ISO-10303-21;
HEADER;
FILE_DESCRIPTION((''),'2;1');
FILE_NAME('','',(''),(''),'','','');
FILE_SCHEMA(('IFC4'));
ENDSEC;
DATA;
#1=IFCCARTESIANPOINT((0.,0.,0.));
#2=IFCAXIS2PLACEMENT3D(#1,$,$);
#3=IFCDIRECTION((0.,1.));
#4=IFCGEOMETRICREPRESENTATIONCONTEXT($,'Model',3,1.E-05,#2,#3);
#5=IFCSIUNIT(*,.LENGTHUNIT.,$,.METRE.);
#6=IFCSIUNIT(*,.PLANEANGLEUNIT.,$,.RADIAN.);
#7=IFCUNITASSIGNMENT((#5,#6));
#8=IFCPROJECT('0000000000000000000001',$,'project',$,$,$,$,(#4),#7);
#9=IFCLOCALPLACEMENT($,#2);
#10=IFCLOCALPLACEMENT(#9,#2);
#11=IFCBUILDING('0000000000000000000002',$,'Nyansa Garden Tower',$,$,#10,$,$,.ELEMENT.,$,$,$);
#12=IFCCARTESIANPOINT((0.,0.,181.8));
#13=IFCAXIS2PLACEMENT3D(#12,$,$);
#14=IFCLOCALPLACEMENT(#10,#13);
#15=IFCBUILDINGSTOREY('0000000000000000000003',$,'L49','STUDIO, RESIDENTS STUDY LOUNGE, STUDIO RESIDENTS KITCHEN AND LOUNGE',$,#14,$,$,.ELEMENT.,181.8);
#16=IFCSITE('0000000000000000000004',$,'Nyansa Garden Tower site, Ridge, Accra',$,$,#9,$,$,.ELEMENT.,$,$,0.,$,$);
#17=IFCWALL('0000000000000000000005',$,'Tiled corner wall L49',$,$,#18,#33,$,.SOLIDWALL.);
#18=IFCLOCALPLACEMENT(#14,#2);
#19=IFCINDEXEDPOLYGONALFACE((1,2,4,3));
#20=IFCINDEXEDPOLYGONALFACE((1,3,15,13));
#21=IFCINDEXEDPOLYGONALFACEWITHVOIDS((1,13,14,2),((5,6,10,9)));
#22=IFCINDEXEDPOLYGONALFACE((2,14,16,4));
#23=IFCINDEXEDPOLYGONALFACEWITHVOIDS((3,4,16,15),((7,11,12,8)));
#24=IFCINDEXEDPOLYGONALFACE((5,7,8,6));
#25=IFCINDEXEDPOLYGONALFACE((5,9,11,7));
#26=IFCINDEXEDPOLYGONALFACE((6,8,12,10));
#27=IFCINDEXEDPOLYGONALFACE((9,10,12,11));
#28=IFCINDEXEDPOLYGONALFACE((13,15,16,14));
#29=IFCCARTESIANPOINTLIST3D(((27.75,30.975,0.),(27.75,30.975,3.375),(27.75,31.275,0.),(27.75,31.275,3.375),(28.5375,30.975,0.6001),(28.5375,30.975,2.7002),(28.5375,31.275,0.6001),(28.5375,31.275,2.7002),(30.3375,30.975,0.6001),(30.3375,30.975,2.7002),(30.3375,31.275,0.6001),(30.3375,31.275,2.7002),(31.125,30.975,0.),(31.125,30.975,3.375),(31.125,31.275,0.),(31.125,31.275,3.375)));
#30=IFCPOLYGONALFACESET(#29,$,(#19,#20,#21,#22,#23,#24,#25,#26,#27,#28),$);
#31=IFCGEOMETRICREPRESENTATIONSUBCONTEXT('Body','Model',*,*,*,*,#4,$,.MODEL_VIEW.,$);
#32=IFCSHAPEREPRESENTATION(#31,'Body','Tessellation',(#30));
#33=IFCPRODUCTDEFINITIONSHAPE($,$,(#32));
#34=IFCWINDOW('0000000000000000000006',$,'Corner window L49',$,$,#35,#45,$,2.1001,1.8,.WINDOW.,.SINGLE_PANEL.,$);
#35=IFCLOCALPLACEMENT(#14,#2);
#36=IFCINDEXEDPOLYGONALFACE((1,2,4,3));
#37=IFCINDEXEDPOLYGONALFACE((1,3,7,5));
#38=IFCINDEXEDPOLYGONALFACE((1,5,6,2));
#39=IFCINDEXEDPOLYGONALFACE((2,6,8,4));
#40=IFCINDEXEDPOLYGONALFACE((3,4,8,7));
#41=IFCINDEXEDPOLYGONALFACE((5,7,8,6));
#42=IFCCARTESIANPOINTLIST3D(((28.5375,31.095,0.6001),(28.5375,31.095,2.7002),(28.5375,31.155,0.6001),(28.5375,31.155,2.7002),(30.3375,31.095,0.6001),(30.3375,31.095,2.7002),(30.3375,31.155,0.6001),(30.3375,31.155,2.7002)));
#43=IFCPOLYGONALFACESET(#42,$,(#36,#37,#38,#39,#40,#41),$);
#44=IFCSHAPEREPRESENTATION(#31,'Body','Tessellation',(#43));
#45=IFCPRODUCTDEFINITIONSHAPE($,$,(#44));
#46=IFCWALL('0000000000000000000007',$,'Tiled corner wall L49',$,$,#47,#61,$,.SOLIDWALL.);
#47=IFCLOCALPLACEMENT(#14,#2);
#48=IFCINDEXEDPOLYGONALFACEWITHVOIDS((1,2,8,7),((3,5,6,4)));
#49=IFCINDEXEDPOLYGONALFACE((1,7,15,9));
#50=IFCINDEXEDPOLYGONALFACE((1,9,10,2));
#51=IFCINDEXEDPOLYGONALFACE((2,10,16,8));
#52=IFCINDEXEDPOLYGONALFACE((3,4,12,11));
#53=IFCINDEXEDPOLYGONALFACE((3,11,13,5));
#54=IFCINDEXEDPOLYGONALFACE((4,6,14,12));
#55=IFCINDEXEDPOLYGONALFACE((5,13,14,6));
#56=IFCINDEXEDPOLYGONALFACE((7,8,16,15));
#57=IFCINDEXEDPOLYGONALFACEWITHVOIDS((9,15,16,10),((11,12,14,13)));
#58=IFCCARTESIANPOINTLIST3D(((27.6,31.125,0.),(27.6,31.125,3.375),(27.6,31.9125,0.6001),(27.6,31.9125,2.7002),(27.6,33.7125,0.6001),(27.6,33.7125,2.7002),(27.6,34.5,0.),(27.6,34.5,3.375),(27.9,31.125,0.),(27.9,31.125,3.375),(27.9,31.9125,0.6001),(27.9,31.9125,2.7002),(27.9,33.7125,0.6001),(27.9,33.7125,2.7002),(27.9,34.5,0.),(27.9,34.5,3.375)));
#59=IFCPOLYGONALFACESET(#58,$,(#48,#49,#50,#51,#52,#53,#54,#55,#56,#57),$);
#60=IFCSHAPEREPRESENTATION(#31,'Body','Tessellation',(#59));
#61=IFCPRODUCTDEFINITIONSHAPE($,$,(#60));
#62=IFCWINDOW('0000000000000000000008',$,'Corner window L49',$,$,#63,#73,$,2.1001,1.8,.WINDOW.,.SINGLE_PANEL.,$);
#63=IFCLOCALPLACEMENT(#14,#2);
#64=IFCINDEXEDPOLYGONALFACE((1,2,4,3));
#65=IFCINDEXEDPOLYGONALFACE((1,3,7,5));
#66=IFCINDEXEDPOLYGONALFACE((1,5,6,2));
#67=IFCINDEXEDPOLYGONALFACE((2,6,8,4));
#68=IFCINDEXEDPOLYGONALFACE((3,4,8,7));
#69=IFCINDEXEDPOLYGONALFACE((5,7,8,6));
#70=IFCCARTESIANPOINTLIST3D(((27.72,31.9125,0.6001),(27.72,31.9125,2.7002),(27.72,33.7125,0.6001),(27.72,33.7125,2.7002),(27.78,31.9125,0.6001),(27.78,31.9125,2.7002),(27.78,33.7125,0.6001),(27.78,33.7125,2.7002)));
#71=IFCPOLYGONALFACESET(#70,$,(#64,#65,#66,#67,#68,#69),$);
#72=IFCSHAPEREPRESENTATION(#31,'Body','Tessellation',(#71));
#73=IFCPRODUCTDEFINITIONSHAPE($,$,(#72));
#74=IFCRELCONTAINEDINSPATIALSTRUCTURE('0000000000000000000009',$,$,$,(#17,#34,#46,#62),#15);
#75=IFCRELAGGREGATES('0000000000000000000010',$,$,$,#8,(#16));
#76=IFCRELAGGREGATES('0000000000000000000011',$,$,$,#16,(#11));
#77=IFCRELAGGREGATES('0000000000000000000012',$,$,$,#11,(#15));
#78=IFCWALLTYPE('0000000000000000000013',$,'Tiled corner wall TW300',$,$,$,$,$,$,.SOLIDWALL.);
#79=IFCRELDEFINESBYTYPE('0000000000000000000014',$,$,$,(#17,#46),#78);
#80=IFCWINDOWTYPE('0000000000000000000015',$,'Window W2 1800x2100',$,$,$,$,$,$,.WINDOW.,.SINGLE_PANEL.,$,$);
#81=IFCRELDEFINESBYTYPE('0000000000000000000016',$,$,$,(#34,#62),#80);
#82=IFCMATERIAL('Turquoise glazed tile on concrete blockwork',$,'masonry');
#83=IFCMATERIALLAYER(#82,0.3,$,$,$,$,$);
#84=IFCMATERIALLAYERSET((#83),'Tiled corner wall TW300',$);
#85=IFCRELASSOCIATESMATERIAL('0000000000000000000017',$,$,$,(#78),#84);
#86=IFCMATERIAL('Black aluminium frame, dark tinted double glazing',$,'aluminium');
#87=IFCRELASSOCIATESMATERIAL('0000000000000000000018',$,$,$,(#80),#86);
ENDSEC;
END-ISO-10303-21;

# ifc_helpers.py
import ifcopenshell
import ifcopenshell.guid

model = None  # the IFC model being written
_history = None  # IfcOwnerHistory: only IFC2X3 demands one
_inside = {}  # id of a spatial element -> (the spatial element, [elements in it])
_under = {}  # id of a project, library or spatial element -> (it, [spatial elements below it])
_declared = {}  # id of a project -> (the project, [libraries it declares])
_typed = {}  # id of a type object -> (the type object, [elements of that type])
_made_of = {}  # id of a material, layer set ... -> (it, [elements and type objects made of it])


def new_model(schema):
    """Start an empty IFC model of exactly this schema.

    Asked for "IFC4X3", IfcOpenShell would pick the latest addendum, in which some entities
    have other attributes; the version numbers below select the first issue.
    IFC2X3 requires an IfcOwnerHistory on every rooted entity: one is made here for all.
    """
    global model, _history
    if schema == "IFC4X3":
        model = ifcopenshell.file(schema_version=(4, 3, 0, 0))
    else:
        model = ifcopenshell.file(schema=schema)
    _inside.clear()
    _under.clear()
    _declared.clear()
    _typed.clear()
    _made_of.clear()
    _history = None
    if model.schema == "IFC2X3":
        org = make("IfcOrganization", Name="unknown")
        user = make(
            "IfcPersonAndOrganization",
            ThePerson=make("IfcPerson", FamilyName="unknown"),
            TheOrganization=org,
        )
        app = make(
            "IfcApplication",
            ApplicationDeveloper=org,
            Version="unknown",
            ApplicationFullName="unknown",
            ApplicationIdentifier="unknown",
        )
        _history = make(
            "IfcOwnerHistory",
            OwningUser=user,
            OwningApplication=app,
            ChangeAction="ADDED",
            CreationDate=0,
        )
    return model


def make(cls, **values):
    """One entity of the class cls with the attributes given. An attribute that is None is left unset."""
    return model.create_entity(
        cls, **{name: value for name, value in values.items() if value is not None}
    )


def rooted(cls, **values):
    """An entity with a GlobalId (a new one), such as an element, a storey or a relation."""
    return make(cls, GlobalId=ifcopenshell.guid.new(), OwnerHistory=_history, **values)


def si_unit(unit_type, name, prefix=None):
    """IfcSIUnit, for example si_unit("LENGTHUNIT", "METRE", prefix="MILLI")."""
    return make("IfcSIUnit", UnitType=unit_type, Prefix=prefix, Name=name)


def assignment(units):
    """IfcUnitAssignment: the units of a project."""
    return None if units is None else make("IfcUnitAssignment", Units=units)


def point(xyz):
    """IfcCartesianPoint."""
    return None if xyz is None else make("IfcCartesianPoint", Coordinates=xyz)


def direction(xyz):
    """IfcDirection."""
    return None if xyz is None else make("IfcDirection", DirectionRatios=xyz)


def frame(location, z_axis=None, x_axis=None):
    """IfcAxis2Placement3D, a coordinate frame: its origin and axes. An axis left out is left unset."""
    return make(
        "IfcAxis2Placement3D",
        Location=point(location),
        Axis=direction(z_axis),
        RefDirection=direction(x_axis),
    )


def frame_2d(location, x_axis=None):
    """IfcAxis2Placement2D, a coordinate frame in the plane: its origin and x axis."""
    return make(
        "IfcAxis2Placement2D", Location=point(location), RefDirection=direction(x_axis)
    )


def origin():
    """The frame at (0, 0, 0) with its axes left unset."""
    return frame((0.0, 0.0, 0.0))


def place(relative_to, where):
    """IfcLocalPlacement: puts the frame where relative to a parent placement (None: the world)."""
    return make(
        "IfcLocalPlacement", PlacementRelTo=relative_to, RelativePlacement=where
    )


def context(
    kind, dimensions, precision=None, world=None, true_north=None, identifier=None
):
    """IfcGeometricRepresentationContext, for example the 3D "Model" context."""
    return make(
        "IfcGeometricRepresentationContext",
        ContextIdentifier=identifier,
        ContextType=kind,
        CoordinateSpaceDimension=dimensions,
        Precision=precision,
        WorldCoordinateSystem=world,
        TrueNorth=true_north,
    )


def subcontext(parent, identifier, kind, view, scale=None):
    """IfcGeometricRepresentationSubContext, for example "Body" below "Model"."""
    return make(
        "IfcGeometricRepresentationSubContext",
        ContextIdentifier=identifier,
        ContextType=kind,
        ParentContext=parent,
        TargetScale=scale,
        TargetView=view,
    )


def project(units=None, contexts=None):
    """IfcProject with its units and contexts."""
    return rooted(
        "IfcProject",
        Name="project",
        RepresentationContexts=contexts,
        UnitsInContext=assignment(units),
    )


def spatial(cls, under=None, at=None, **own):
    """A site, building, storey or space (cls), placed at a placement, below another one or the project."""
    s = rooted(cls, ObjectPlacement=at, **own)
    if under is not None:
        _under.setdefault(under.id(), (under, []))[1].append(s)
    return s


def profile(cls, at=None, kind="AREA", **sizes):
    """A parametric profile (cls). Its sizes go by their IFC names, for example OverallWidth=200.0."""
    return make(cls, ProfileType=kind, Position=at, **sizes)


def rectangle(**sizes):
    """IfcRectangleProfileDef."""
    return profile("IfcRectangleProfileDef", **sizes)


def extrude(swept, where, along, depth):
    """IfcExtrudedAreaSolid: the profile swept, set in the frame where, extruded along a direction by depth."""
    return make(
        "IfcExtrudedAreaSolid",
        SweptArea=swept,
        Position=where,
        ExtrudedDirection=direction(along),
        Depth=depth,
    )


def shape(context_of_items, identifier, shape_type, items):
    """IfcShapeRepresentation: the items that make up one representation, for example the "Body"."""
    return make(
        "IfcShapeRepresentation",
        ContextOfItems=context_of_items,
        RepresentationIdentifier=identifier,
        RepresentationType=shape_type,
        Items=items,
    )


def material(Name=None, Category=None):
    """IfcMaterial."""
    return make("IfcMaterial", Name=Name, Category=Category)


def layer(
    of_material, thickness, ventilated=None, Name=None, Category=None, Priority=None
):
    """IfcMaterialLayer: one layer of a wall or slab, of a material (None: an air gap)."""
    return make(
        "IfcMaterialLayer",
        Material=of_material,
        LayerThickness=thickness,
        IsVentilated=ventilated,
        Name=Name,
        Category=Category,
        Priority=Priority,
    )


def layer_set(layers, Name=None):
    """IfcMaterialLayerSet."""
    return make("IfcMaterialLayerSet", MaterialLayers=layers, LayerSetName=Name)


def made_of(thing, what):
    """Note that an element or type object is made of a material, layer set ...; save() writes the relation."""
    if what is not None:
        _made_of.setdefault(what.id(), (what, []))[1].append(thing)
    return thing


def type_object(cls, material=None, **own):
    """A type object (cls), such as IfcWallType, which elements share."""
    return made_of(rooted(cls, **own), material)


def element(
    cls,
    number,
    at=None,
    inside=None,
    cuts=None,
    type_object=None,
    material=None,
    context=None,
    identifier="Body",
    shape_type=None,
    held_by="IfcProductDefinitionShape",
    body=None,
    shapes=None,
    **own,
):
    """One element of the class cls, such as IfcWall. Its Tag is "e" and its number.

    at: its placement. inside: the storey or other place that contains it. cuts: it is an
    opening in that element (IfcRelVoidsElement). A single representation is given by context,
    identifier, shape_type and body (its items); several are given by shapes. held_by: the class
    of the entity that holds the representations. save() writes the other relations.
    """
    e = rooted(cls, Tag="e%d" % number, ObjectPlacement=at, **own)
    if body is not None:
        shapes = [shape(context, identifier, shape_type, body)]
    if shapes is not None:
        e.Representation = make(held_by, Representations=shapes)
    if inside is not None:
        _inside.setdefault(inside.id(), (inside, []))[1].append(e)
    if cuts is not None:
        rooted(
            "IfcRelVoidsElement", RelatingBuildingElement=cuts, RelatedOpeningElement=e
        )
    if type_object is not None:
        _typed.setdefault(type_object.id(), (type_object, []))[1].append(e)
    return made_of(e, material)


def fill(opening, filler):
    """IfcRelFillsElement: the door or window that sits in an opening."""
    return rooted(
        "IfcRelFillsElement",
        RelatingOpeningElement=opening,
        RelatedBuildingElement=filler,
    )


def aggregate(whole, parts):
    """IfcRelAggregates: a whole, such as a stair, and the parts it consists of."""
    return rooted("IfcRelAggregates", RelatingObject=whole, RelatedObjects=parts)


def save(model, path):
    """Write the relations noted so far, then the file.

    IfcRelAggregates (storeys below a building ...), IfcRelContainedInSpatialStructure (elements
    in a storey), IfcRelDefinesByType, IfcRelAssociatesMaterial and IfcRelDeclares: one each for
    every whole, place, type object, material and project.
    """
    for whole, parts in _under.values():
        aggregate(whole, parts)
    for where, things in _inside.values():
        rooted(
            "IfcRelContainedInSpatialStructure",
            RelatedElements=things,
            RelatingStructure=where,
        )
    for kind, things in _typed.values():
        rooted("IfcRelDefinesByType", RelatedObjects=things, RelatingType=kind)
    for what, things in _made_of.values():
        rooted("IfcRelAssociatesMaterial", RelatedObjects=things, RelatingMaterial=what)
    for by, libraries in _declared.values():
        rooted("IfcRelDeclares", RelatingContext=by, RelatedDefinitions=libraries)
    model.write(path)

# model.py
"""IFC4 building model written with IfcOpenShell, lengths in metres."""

from ifc_helpers import new_model, si_unit, direction, frame, frame_2d, origin, place, context, subcontext, project, spatial, rectangle, extrude, material, layer, layer_set, type_object, element, fill, save


model = new_model("IFC4")

# Units and contexts
model_context = context("Model", 3, precision=1e-05, world=origin(), true_north=direction((0.0, 1.0)))
body_context = subcontext(model_context, "Body", "Model", "MODEL_VIEW")
ifc_project = project(units=[si_unit("LENGTHUNIT", "METRE"), si_unit("PLANEANGLEUNIT", "RADIAN")], contexts=[model_context])

# Site, building, storey
site_placement = place(None, origin())
site = spatial("IfcSite", under=ifc_project, at=site_placement, Name="Nyansa Garden Tower site, Ridge, Accra", CompositionType="ELEMENT", RefElevation=0.0)
building_placement = place(site_placement, origin())
building = spatial("IfcBuilding", under=site, at=building_placement, Name="Nyansa Garden Tower", CompositionType="ELEMENT")
storey_placement = place(building_placement, frame((0.0, 0.0, 181.8)))
storey = spatial("IfcBuildingStorey", under=building, at=storey_placement, Name="L49", Description="STUDIO, RESIDENTS STUDY LOUNGE, STUDIO RESIDENTS KITCHEN AND LOUNGE", CompositionType="ELEMENT", Elevation=181.8)

# Walls, openings, windows
ifc_material_1 = material(Name="Turquoise glazed tile on concrete blockwork", Category="masonry")
ifc_layer_1 = layer(ifc_material_1, 0.3)
ifc_layer_set_1 = layer_set([ifc_layer_1], Name="Tiled corner wall TW300")
wall_type_1 = type_object("IfcWallType", Name="Tiled corner wall TW300", PredefinedType="SOLIDWALL", material=ifc_layer_set_1)
ifc_material_2 = material(Name="Black aluminium frame, dark tinted double glazing", Category="aluminium")
window_type_1 = type_object("IfcWindowType", Name="Window W2 1800x2100", PartitioningType="SINGLE_PANEL", PredefinedType="WINDOW", material=ifc_material_2)
wall_1_placement = place(storey_placement, frame((31.125, 31.125, 0.0), z_axis=(0.0, 0.0, 1.0), x_axis=(-1.0, 0.0, 0.0)))
wall_1 = element("IfcWall", 1, at=wall_1_placement, inside=storey, type_object=wall_type_1, Name="Tiled corner wall L49", PredefinedType="SOLIDWALL", context=body_context, shape_type="SweptSolid", body=[
    extrude(rectangle(XDim=3.375, YDim=0.3, at=frame_2d((1.6875, 0.0))), origin(), (0.0, 0.0, 1.0), 3.375),
])
opening_1_placement = place(wall_1_placement, frame((0.7876, 0.0, 0.6001)))
opening_1 = element("IfcOpeningElement", 2, at=opening_1_placement, cuts=wall_1, PredefinedType="OPENING", context=body_context, shape_type="SweptSolid", body=[
    extrude(rectangle(XDim=1.8, YDim=2.1001, at=frame_2d((0.8999, 1.05))), frame((0.0, 0.1599, 0.0), z_axis=(0.0, -1.0, 0.0), x_axis=(1.0, 0.0, 0.0)), (0.0, 0.0, 1.0), 0.3201),
])
window_1_placement = place(opening_1_placement, origin())
window_1 = element("IfcWindow", 3, at=window_1_placement, inside=storey, type_object=window_type_1, Name="Corner window L49", OverallHeight=2.1001, OverallWidth=1.8, PartitioningType="SINGLE_PANEL", PredefinedType="WINDOW", context=body_context, shape_type="SweptSolid", body=[
    extrude(rectangle(XDim=1.8, YDim=2.1001, at=frame_2d((0.8999, 1.05))), frame((0.0, 0.03, 0.0), z_axis=(0.0, -1.0, 0.0), x_axis=(1.0, 0.0, 0.0)), (0.0, 0.0, 1.0), 0.0601),
])
fill(opening_1, window_1)
wall_2_placement = place(storey_placement, frame((27.75, 31.125, 0.0), z_axis=(0.0, 0.0, 1.0), x_axis=(0.0, 1.0, 0.0)))
wall_2 = element("IfcWall", 4, at=wall_2_placement, inside=storey, type_object=wall_type_1, Name="Tiled corner wall L49", PredefinedType="SOLIDWALL", context=body_context, shape_type="SweptSolid", body=[
    extrude(rectangle(XDim=3.375, YDim=0.3, at=frame_2d((1.6875, 0.0))), origin(), (0.0, 0.0, 1.0), 3.375),
])
opening_2_placement = place(wall_2_placement, frame((0.7876, 0.0, 0.6001)))
opening_2 = element("IfcOpeningElement", 5, at=opening_2_placement, cuts=wall_2, PredefinedType="OPENING", context=body_context, shape_type="SweptSolid", body=[
    extrude(rectangle(XDim=1.8, YDim=2.1001, at=frame_2d((0.8999, 1.05))), frame((0.0, 0.1599, 0.0), z_axis=(0.0, -1.0, 0.0), x_axis=(1.0, 0.0, 0.0)), (0.0, 0.0, 1.0), 0.3201),
])
window_2_placement = place(opening_2_placement, origin())
window_2 = element("IfcWindow", 6, at=window_2_placement, inside=storey, type_object=window_type_1, Name="Corner window L49", OverallHeight=2.1001, OverallWidth=1.8, PartitioningType="SINGLE_PANEL", PredefinedType="WINDOW", context=body_context, shape_type="SweptSolid", body=[
    extrude(rectangle(XDim=1.8, YDim=2.1001, at=frame_2d((0.8999, 1.05))), frame((0.0, 0.03, 0.0), z_axis=(0.0, -1.0, 0.0), x_axis=(1.0, 0.0, 0.0)), (0.0, 0.0, 1.0), 0.0601),
])
fill(opening_2, window_2)

save(model, "model.ifc")
